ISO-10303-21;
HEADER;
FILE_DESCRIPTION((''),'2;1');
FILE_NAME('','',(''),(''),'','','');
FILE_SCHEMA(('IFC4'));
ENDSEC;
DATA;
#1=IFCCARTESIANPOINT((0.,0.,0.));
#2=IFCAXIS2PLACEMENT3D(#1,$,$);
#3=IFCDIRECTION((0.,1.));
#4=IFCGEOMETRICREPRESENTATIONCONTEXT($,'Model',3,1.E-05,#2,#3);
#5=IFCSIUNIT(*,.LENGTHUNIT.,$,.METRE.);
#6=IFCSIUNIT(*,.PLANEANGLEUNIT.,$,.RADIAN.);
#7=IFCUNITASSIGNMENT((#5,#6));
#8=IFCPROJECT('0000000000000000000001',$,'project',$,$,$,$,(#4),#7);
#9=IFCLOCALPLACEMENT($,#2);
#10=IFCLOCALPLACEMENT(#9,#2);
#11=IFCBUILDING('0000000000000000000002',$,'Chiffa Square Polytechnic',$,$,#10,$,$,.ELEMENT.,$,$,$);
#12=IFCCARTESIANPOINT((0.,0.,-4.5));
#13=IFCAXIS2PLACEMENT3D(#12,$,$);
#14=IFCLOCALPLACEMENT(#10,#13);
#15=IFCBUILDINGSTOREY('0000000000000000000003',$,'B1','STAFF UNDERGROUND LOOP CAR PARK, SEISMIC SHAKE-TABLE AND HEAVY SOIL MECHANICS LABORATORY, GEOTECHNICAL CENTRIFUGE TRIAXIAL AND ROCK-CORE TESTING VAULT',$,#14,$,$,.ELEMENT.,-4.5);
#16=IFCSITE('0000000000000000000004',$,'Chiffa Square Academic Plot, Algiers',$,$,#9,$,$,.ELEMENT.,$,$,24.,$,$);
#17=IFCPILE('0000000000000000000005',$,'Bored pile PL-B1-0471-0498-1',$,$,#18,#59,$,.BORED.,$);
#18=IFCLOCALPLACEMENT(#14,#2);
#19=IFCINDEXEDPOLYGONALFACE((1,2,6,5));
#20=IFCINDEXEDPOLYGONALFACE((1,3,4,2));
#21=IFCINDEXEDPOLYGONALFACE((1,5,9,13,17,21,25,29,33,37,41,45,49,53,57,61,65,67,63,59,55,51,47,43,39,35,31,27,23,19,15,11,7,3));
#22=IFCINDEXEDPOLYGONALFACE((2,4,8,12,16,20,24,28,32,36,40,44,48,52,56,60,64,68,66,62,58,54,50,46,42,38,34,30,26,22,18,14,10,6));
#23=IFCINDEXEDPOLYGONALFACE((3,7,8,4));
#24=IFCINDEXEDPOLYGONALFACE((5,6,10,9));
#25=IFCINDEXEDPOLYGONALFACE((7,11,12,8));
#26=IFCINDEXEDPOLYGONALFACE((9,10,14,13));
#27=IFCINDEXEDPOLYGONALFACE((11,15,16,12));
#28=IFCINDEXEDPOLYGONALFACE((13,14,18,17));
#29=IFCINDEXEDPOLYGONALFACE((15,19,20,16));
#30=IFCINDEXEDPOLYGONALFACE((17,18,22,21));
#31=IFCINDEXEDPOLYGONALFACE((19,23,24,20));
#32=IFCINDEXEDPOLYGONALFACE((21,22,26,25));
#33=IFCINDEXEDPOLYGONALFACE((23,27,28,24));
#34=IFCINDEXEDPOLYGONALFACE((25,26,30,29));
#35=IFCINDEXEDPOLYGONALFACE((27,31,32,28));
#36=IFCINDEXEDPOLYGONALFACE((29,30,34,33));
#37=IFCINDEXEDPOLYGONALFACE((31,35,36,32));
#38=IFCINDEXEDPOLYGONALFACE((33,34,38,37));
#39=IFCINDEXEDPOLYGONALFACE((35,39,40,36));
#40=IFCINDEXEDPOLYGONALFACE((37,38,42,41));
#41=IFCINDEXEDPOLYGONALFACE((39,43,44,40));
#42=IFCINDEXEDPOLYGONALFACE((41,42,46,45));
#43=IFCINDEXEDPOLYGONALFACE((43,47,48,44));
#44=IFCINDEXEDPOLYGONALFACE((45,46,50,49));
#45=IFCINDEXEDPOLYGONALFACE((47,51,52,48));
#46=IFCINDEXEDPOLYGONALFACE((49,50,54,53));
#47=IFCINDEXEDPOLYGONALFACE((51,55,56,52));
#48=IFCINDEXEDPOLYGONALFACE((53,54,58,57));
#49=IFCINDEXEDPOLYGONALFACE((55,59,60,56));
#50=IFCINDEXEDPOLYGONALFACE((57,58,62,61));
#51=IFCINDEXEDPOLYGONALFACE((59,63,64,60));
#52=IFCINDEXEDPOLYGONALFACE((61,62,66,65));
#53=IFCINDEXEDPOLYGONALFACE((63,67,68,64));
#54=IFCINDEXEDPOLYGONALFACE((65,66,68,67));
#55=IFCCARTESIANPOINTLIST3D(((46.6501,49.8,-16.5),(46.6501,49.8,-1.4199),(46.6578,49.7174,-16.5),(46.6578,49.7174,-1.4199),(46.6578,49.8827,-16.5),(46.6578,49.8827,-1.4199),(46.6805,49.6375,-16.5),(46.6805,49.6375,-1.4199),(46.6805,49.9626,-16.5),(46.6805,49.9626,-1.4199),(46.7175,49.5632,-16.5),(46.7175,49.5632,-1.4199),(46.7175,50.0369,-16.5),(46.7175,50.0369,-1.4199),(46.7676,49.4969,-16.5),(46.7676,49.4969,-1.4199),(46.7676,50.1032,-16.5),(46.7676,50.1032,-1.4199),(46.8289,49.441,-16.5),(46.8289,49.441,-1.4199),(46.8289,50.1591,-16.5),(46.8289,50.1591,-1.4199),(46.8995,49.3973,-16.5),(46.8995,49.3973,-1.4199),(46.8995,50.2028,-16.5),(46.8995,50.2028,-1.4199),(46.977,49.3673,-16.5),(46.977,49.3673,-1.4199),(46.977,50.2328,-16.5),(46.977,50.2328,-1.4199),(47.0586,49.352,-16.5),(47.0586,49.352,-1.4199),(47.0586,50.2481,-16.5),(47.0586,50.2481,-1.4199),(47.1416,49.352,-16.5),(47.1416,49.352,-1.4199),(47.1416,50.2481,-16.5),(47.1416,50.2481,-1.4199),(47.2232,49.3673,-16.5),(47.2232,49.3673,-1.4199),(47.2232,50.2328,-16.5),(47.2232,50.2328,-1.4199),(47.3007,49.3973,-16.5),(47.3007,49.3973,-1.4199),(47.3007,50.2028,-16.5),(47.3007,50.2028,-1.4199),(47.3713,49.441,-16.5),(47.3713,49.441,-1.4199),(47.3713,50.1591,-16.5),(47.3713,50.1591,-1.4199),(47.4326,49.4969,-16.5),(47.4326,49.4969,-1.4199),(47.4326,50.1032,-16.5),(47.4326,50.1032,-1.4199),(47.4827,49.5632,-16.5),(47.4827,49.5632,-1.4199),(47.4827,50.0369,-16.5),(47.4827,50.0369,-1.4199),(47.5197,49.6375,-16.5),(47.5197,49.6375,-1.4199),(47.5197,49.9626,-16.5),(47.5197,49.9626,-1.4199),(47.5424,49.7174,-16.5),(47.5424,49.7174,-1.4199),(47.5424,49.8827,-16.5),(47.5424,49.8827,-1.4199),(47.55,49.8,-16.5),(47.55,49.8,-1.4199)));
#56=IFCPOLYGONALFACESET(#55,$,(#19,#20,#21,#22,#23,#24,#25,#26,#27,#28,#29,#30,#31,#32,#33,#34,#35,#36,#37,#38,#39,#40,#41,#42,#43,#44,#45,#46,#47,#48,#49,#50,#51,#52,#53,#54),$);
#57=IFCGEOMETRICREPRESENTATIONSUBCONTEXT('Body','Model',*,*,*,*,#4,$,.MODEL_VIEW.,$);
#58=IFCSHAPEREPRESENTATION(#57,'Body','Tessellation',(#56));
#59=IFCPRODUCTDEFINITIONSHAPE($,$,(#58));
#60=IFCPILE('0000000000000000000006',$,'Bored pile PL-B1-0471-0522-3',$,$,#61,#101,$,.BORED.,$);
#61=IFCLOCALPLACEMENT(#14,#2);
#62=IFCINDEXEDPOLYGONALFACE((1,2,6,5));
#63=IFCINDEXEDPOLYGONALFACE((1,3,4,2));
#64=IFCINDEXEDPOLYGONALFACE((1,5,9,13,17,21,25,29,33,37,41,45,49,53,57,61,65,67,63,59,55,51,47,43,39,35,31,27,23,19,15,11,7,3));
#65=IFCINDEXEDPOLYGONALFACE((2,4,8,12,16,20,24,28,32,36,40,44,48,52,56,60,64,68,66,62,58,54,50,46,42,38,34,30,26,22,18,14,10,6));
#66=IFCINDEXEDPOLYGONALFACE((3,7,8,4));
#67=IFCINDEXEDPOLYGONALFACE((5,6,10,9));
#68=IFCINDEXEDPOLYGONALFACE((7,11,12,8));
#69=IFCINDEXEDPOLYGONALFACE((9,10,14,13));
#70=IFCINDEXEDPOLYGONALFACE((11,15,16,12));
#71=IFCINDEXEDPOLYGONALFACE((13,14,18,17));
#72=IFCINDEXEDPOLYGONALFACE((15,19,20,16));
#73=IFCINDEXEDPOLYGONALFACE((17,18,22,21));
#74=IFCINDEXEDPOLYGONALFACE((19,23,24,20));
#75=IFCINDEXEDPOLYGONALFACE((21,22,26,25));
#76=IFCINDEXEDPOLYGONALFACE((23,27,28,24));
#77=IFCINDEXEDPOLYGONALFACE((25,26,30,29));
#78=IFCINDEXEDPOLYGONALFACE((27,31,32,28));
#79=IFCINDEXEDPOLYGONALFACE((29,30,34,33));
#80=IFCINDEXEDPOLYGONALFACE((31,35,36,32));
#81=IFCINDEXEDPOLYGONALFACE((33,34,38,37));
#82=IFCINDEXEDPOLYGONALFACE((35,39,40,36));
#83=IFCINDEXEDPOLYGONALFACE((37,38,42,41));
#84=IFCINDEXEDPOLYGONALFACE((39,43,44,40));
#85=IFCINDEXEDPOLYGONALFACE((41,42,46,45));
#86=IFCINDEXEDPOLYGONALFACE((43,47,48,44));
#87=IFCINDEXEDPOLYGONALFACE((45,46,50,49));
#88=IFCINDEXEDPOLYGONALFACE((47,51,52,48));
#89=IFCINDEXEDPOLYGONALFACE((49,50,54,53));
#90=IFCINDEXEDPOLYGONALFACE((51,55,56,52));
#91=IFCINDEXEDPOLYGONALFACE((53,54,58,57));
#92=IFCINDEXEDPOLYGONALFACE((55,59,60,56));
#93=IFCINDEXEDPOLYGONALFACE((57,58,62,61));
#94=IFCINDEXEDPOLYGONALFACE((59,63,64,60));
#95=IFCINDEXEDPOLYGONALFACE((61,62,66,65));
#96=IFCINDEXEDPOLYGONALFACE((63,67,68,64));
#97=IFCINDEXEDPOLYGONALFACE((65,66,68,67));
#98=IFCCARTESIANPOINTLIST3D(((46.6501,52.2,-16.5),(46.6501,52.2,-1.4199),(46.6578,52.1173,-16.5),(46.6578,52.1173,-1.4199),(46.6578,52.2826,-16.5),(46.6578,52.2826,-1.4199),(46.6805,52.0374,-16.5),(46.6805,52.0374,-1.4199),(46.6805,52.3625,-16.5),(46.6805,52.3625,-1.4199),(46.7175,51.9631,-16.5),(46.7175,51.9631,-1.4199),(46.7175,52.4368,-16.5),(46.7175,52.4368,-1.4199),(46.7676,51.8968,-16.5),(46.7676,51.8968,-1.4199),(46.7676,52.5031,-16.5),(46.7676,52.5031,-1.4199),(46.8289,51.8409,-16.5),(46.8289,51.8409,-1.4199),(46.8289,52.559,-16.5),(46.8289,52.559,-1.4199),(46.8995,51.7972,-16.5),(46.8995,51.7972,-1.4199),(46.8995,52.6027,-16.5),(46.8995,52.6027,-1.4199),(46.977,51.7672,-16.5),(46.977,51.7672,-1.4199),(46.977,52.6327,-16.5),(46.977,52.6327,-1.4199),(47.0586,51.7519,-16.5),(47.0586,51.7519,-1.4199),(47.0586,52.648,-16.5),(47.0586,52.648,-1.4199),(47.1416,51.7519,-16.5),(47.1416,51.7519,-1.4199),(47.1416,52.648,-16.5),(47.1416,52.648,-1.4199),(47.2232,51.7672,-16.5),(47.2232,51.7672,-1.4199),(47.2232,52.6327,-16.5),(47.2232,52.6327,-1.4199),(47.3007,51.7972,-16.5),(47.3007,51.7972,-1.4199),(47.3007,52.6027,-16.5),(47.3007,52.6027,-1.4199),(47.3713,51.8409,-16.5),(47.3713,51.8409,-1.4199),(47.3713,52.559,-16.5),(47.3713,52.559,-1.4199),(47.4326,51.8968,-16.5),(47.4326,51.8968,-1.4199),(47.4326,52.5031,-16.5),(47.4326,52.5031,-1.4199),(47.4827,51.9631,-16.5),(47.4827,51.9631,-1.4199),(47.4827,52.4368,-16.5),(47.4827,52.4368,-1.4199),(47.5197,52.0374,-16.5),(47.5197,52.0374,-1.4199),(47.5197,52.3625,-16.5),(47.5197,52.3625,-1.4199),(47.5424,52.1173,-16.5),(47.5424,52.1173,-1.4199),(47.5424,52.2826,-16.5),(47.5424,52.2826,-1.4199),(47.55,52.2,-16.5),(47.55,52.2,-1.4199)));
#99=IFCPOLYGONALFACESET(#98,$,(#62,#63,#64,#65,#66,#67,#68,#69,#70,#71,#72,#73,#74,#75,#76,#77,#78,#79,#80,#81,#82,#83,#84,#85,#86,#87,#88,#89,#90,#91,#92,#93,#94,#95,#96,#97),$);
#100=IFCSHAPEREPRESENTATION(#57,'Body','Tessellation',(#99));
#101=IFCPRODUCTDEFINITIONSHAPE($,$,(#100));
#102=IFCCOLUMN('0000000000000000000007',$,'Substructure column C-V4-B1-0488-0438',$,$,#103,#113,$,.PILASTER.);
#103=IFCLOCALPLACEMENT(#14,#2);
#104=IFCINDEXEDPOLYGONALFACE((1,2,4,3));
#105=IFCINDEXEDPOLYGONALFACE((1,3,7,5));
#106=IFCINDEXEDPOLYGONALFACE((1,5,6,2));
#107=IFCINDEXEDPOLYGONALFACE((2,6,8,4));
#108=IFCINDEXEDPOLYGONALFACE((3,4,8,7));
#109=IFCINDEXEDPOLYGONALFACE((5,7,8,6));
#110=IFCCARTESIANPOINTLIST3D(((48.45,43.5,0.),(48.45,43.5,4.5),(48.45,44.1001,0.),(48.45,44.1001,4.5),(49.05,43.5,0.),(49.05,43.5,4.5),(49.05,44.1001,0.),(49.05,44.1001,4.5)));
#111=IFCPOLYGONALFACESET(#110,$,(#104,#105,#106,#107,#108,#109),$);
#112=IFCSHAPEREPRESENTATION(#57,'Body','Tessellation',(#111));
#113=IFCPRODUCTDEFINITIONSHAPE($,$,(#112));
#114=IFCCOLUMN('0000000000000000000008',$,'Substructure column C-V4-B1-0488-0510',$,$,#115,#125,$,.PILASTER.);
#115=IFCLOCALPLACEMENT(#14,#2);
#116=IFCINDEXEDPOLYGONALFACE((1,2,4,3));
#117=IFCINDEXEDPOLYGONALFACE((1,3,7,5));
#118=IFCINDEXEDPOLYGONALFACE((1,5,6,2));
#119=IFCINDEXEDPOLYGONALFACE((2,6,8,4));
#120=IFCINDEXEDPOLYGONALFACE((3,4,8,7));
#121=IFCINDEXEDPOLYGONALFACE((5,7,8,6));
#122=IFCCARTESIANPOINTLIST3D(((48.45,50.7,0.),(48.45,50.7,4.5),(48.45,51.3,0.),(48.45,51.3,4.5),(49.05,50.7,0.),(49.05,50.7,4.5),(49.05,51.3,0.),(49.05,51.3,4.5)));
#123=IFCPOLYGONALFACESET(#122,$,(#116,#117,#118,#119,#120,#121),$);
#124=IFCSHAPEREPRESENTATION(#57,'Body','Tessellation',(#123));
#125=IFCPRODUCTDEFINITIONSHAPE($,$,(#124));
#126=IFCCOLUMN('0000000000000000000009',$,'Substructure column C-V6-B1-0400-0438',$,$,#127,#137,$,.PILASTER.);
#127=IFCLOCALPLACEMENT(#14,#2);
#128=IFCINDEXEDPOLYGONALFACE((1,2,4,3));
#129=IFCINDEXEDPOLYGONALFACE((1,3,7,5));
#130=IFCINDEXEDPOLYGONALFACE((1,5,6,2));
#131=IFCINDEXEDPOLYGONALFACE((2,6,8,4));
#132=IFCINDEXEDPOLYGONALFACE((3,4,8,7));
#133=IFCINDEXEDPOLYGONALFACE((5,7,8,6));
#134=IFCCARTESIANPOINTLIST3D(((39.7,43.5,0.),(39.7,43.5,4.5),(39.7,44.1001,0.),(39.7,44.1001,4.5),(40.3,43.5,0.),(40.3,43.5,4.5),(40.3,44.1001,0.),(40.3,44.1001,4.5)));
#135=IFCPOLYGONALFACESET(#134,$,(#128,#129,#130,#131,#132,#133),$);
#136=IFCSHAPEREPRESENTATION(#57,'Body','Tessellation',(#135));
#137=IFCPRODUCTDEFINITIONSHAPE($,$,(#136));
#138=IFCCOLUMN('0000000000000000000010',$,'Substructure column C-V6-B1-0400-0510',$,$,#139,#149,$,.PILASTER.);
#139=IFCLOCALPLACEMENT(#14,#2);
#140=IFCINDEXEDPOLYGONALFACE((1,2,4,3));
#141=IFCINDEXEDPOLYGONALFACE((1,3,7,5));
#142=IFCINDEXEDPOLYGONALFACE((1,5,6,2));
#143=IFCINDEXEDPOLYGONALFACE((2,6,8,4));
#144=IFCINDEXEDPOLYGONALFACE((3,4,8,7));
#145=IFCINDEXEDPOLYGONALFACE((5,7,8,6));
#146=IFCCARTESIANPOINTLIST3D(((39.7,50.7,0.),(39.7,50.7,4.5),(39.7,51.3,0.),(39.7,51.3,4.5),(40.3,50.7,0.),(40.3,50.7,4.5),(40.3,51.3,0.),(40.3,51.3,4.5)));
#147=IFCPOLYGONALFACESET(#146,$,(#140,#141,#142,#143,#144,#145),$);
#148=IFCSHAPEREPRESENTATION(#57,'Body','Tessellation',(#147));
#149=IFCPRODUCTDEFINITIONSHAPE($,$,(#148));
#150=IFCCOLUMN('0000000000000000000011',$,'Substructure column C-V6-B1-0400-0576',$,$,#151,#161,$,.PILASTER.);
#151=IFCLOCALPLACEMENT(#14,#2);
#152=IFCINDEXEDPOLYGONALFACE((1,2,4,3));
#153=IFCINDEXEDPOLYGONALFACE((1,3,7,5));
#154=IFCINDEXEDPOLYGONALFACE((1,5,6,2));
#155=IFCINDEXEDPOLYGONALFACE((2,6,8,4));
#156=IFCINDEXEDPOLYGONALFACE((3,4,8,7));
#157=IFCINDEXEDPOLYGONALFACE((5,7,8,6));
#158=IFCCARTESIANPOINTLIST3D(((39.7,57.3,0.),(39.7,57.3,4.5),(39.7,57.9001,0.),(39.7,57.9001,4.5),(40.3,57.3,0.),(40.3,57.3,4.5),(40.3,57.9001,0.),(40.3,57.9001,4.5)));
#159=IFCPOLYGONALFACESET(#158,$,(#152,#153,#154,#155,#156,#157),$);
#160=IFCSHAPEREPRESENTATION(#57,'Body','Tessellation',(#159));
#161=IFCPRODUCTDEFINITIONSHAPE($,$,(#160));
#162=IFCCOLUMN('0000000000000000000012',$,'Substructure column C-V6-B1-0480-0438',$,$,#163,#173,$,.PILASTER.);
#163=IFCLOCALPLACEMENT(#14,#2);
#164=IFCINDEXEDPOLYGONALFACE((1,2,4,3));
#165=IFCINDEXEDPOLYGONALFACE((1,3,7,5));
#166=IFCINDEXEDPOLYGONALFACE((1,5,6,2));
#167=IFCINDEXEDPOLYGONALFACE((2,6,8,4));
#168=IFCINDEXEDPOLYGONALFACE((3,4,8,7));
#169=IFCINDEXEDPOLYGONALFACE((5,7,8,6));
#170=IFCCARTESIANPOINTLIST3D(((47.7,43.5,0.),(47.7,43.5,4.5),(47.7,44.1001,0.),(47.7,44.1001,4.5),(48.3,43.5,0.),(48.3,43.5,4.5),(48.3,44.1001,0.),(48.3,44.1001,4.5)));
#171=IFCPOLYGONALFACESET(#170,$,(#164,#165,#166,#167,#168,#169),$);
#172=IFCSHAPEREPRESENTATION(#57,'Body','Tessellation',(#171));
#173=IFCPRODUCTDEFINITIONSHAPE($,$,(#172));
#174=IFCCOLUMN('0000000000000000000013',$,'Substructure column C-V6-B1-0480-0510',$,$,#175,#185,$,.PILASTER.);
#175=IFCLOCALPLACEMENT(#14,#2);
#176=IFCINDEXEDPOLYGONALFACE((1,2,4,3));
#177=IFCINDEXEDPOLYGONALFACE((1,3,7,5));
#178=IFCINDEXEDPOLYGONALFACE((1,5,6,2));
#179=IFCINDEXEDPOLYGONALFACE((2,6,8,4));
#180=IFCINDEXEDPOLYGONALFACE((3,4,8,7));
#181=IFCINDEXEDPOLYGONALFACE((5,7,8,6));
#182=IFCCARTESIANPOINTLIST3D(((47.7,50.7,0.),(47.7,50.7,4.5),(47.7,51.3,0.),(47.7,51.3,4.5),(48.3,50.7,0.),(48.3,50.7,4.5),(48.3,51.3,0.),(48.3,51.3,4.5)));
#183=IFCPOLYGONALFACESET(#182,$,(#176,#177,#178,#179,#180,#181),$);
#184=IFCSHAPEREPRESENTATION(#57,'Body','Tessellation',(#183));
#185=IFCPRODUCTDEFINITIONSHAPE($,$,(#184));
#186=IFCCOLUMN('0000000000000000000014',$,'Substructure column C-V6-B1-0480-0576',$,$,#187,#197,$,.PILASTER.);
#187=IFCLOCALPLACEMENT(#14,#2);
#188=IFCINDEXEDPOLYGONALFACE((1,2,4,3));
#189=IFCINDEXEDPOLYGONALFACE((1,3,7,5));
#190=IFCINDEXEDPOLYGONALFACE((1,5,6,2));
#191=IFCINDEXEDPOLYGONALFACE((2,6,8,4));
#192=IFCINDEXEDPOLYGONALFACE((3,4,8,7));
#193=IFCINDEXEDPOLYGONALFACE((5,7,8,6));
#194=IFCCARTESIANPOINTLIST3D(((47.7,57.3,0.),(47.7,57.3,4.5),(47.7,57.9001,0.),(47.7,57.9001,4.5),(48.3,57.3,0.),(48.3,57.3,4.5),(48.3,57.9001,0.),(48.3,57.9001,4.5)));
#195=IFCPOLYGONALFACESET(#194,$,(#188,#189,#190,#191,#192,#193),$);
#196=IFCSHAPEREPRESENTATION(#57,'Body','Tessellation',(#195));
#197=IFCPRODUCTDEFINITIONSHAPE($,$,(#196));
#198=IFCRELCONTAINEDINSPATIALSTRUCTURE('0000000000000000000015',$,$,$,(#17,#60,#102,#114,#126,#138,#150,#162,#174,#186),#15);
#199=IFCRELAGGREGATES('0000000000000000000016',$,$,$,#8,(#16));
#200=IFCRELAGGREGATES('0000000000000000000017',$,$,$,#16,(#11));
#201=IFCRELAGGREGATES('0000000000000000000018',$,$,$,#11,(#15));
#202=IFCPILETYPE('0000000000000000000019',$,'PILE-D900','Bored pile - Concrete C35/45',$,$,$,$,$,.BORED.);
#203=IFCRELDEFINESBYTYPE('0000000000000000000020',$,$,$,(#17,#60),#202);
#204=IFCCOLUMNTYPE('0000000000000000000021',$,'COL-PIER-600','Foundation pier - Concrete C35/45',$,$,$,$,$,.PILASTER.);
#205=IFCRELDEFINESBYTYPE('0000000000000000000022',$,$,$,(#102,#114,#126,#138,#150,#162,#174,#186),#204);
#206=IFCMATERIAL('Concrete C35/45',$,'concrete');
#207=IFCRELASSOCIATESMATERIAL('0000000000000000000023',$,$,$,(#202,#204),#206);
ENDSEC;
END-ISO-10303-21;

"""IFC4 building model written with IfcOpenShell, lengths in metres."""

from ifc_helpers import new_model, si_unit, direction, frame, origin, origin_2d, place, context, subcontext, project, spatial, rectangle, circle, extrude, material, material_profile, profile_set, type_object, element, save


model = new_model("IFC4")

# Units and contexts
model_context = context("Model", 3, precision=1e-05, world=origin(), true_north=direction((0.0, 1.0)))
body_context = subcontext(model_context, "Body", "Model", "MODEL_VIEW")
ifc_project = project(units=[si_unit("LENGTHUNIT", "METRE"), si_unit("PLANEANGLEUNIT", "RADIAN")], contexts=[model_context])

# Site, building, storey
site_placement = place(None, origin())
site = spatial("IfcSite", under=ifc_project, at=site_placement, Name="Chiffa Square Academic Plot, Algiers", CompositionType="ELEMENT", RefElevation=24.0)
building_placement = place(site_placement, origin())
building = spatial("IfcBuilding", under=site, at=building_placement, Name="Chiffa Square Polytechnic", CompositionType="ELEMENT")
storey_placement = place(building_placement, frame((0.0, 0.0, -4.5)))
storey = spatial("IfcBuildingStorey", under=building, at=storey_placement, Name="B1", Description="STAFF UNDERGROUND LOOP CAR PARK, SEISMIC SHAKE-TABLE AND HEAVY SOIL MECHANICS LABORATORY, GEOTECHNICAL CENTRIFUGE TRIAXIAL AND ROCK-CORE TESTING VAULT", CompositionType="ELEMENT", Elevation=-4.5)

# Shared definitions
ifc_material = material(Name="Concrete C35/45", Category="concrete")

# Piles
ifc_material_profile_1 = material_profile(ifc_material, circle(Radius=0.45, at=origin_2d()), Name="PILE D900")
ifc_profile_set_1 = profile_set([ifc_material_profile_1], Name="Concrete C35/45")
pile_type_1 = type_object("IfcPileType", Name="PILE-D900", Description="Bored pile - Concrete C35/45", PredefinedType="BORED", material=ifc_profile_set_1)
for number, where, z_axis, x_axis, name in (
    (1, (47.1001, 49.8, -1.4199), (0.0, 0.0, -1.0), (1.0, 0.0, 0.0), "Bored pile PL-B1-0471-0498-1"),
    (2, (47.1001, 52.2, -1.4199), (0.0, 0.0, -1.0), (1.0, 0.0, 0.0), "Bored pile PL-B1-0471-0522-3"),
):
    element("IfcPile", number, at=place(storey_placement, frame(where, z_axis=z_axis, x_axis=x_axis)), inside=storey, type_object=pile_type_1, Name=name, PredefinedType="BORED", context=body_context, shape_type="SweptSolid", body=[
        extrude(circle(Radius=0.45, at=origin_2d()), origin(), (0.0, 0.0, 1.0), 15.0801),
    ])

# Columns
ifc_material_profile_2 = material_profile(ifc_material, rectangle(XDim=0.6001, YDim=0.6001, at=origin_2d()), Name="RC 600x600")
ifc_profile_set_2 = profile_set([ifc_material_profile_2], Name="Concrete C35/45")
column_type = type_object("IfcColumnType", Name="COL-PIER-600", Description="Foundation pier - Concrete C35/45", PredefinedType="PILASTER", material=ifc_profile_set_2)
for number, where, z_axis, x_axis, name in (
    (3, (48.75, 43.8, 0.0), (0.0, 0.0, 1.0), (1.0, 0.0, 0.0), "Substructure column C-V4-B1-0488-0438"),
    (4, (48.75, 51.0, 0.0), (0.0, 0.0, 1.0), (1.0, 0.0, 0.0), "Substructure column C-V4-B1-0488-0510"),
    (5, (40.0, 43.8, 0.0), (0.0, 0.0, 1.0), (1.0, 0.0, 0.0), "Substructure column C-V6-B1-0400-0438"),
    (6, (40.0, 51.0, 0.0), (0.0, 0.0, 1.0), (1.0, 0.0, 0.0), "Substructure column C-V6-B1-0400-0510"),
    (7, (40.0, 57.6001, 0.0), (0.0, 0.0, 1.0), (1.0, 0.0, 0.0), "Substructure column C-V6-B1-0400-0576"),
    (8, (48.0, 43.8, 0.0), (0.0, 0.0, 1.0), (1.0, 0.0, 0.0), "Substructure column C-V6-B1-0480-0438"),
    (9, (48.0, 51.0, 0.0), (0.0, 0.0, 1.0), (1.0, 0.0, 0.0), "Substructure column C-V6-B1-0480-0510"),
    (10, (48.0, 57.6001, 0.0), (0.0, 0.0, 1.0), (1.0, 0.0, 0.0), "Substructure column C-V6-B1-0480-0576"),
):
    element("IfcColumn", number, at=place(storey_placement, frame(where, z_axis=z_axis, x_axis=x_axis)), inside=storey, type_object=column_type, Name=name, PredefinedType="PILASTER", context=body_context, shape_type="SweptSolid", body=[
        extrude(rectangle(XDim=0.6001, YDim=0.6001, at=origin_2d()), origin(), (0.0, 0.0, 1.0), 4.5),
    ])

save(model, "model.ifc")
